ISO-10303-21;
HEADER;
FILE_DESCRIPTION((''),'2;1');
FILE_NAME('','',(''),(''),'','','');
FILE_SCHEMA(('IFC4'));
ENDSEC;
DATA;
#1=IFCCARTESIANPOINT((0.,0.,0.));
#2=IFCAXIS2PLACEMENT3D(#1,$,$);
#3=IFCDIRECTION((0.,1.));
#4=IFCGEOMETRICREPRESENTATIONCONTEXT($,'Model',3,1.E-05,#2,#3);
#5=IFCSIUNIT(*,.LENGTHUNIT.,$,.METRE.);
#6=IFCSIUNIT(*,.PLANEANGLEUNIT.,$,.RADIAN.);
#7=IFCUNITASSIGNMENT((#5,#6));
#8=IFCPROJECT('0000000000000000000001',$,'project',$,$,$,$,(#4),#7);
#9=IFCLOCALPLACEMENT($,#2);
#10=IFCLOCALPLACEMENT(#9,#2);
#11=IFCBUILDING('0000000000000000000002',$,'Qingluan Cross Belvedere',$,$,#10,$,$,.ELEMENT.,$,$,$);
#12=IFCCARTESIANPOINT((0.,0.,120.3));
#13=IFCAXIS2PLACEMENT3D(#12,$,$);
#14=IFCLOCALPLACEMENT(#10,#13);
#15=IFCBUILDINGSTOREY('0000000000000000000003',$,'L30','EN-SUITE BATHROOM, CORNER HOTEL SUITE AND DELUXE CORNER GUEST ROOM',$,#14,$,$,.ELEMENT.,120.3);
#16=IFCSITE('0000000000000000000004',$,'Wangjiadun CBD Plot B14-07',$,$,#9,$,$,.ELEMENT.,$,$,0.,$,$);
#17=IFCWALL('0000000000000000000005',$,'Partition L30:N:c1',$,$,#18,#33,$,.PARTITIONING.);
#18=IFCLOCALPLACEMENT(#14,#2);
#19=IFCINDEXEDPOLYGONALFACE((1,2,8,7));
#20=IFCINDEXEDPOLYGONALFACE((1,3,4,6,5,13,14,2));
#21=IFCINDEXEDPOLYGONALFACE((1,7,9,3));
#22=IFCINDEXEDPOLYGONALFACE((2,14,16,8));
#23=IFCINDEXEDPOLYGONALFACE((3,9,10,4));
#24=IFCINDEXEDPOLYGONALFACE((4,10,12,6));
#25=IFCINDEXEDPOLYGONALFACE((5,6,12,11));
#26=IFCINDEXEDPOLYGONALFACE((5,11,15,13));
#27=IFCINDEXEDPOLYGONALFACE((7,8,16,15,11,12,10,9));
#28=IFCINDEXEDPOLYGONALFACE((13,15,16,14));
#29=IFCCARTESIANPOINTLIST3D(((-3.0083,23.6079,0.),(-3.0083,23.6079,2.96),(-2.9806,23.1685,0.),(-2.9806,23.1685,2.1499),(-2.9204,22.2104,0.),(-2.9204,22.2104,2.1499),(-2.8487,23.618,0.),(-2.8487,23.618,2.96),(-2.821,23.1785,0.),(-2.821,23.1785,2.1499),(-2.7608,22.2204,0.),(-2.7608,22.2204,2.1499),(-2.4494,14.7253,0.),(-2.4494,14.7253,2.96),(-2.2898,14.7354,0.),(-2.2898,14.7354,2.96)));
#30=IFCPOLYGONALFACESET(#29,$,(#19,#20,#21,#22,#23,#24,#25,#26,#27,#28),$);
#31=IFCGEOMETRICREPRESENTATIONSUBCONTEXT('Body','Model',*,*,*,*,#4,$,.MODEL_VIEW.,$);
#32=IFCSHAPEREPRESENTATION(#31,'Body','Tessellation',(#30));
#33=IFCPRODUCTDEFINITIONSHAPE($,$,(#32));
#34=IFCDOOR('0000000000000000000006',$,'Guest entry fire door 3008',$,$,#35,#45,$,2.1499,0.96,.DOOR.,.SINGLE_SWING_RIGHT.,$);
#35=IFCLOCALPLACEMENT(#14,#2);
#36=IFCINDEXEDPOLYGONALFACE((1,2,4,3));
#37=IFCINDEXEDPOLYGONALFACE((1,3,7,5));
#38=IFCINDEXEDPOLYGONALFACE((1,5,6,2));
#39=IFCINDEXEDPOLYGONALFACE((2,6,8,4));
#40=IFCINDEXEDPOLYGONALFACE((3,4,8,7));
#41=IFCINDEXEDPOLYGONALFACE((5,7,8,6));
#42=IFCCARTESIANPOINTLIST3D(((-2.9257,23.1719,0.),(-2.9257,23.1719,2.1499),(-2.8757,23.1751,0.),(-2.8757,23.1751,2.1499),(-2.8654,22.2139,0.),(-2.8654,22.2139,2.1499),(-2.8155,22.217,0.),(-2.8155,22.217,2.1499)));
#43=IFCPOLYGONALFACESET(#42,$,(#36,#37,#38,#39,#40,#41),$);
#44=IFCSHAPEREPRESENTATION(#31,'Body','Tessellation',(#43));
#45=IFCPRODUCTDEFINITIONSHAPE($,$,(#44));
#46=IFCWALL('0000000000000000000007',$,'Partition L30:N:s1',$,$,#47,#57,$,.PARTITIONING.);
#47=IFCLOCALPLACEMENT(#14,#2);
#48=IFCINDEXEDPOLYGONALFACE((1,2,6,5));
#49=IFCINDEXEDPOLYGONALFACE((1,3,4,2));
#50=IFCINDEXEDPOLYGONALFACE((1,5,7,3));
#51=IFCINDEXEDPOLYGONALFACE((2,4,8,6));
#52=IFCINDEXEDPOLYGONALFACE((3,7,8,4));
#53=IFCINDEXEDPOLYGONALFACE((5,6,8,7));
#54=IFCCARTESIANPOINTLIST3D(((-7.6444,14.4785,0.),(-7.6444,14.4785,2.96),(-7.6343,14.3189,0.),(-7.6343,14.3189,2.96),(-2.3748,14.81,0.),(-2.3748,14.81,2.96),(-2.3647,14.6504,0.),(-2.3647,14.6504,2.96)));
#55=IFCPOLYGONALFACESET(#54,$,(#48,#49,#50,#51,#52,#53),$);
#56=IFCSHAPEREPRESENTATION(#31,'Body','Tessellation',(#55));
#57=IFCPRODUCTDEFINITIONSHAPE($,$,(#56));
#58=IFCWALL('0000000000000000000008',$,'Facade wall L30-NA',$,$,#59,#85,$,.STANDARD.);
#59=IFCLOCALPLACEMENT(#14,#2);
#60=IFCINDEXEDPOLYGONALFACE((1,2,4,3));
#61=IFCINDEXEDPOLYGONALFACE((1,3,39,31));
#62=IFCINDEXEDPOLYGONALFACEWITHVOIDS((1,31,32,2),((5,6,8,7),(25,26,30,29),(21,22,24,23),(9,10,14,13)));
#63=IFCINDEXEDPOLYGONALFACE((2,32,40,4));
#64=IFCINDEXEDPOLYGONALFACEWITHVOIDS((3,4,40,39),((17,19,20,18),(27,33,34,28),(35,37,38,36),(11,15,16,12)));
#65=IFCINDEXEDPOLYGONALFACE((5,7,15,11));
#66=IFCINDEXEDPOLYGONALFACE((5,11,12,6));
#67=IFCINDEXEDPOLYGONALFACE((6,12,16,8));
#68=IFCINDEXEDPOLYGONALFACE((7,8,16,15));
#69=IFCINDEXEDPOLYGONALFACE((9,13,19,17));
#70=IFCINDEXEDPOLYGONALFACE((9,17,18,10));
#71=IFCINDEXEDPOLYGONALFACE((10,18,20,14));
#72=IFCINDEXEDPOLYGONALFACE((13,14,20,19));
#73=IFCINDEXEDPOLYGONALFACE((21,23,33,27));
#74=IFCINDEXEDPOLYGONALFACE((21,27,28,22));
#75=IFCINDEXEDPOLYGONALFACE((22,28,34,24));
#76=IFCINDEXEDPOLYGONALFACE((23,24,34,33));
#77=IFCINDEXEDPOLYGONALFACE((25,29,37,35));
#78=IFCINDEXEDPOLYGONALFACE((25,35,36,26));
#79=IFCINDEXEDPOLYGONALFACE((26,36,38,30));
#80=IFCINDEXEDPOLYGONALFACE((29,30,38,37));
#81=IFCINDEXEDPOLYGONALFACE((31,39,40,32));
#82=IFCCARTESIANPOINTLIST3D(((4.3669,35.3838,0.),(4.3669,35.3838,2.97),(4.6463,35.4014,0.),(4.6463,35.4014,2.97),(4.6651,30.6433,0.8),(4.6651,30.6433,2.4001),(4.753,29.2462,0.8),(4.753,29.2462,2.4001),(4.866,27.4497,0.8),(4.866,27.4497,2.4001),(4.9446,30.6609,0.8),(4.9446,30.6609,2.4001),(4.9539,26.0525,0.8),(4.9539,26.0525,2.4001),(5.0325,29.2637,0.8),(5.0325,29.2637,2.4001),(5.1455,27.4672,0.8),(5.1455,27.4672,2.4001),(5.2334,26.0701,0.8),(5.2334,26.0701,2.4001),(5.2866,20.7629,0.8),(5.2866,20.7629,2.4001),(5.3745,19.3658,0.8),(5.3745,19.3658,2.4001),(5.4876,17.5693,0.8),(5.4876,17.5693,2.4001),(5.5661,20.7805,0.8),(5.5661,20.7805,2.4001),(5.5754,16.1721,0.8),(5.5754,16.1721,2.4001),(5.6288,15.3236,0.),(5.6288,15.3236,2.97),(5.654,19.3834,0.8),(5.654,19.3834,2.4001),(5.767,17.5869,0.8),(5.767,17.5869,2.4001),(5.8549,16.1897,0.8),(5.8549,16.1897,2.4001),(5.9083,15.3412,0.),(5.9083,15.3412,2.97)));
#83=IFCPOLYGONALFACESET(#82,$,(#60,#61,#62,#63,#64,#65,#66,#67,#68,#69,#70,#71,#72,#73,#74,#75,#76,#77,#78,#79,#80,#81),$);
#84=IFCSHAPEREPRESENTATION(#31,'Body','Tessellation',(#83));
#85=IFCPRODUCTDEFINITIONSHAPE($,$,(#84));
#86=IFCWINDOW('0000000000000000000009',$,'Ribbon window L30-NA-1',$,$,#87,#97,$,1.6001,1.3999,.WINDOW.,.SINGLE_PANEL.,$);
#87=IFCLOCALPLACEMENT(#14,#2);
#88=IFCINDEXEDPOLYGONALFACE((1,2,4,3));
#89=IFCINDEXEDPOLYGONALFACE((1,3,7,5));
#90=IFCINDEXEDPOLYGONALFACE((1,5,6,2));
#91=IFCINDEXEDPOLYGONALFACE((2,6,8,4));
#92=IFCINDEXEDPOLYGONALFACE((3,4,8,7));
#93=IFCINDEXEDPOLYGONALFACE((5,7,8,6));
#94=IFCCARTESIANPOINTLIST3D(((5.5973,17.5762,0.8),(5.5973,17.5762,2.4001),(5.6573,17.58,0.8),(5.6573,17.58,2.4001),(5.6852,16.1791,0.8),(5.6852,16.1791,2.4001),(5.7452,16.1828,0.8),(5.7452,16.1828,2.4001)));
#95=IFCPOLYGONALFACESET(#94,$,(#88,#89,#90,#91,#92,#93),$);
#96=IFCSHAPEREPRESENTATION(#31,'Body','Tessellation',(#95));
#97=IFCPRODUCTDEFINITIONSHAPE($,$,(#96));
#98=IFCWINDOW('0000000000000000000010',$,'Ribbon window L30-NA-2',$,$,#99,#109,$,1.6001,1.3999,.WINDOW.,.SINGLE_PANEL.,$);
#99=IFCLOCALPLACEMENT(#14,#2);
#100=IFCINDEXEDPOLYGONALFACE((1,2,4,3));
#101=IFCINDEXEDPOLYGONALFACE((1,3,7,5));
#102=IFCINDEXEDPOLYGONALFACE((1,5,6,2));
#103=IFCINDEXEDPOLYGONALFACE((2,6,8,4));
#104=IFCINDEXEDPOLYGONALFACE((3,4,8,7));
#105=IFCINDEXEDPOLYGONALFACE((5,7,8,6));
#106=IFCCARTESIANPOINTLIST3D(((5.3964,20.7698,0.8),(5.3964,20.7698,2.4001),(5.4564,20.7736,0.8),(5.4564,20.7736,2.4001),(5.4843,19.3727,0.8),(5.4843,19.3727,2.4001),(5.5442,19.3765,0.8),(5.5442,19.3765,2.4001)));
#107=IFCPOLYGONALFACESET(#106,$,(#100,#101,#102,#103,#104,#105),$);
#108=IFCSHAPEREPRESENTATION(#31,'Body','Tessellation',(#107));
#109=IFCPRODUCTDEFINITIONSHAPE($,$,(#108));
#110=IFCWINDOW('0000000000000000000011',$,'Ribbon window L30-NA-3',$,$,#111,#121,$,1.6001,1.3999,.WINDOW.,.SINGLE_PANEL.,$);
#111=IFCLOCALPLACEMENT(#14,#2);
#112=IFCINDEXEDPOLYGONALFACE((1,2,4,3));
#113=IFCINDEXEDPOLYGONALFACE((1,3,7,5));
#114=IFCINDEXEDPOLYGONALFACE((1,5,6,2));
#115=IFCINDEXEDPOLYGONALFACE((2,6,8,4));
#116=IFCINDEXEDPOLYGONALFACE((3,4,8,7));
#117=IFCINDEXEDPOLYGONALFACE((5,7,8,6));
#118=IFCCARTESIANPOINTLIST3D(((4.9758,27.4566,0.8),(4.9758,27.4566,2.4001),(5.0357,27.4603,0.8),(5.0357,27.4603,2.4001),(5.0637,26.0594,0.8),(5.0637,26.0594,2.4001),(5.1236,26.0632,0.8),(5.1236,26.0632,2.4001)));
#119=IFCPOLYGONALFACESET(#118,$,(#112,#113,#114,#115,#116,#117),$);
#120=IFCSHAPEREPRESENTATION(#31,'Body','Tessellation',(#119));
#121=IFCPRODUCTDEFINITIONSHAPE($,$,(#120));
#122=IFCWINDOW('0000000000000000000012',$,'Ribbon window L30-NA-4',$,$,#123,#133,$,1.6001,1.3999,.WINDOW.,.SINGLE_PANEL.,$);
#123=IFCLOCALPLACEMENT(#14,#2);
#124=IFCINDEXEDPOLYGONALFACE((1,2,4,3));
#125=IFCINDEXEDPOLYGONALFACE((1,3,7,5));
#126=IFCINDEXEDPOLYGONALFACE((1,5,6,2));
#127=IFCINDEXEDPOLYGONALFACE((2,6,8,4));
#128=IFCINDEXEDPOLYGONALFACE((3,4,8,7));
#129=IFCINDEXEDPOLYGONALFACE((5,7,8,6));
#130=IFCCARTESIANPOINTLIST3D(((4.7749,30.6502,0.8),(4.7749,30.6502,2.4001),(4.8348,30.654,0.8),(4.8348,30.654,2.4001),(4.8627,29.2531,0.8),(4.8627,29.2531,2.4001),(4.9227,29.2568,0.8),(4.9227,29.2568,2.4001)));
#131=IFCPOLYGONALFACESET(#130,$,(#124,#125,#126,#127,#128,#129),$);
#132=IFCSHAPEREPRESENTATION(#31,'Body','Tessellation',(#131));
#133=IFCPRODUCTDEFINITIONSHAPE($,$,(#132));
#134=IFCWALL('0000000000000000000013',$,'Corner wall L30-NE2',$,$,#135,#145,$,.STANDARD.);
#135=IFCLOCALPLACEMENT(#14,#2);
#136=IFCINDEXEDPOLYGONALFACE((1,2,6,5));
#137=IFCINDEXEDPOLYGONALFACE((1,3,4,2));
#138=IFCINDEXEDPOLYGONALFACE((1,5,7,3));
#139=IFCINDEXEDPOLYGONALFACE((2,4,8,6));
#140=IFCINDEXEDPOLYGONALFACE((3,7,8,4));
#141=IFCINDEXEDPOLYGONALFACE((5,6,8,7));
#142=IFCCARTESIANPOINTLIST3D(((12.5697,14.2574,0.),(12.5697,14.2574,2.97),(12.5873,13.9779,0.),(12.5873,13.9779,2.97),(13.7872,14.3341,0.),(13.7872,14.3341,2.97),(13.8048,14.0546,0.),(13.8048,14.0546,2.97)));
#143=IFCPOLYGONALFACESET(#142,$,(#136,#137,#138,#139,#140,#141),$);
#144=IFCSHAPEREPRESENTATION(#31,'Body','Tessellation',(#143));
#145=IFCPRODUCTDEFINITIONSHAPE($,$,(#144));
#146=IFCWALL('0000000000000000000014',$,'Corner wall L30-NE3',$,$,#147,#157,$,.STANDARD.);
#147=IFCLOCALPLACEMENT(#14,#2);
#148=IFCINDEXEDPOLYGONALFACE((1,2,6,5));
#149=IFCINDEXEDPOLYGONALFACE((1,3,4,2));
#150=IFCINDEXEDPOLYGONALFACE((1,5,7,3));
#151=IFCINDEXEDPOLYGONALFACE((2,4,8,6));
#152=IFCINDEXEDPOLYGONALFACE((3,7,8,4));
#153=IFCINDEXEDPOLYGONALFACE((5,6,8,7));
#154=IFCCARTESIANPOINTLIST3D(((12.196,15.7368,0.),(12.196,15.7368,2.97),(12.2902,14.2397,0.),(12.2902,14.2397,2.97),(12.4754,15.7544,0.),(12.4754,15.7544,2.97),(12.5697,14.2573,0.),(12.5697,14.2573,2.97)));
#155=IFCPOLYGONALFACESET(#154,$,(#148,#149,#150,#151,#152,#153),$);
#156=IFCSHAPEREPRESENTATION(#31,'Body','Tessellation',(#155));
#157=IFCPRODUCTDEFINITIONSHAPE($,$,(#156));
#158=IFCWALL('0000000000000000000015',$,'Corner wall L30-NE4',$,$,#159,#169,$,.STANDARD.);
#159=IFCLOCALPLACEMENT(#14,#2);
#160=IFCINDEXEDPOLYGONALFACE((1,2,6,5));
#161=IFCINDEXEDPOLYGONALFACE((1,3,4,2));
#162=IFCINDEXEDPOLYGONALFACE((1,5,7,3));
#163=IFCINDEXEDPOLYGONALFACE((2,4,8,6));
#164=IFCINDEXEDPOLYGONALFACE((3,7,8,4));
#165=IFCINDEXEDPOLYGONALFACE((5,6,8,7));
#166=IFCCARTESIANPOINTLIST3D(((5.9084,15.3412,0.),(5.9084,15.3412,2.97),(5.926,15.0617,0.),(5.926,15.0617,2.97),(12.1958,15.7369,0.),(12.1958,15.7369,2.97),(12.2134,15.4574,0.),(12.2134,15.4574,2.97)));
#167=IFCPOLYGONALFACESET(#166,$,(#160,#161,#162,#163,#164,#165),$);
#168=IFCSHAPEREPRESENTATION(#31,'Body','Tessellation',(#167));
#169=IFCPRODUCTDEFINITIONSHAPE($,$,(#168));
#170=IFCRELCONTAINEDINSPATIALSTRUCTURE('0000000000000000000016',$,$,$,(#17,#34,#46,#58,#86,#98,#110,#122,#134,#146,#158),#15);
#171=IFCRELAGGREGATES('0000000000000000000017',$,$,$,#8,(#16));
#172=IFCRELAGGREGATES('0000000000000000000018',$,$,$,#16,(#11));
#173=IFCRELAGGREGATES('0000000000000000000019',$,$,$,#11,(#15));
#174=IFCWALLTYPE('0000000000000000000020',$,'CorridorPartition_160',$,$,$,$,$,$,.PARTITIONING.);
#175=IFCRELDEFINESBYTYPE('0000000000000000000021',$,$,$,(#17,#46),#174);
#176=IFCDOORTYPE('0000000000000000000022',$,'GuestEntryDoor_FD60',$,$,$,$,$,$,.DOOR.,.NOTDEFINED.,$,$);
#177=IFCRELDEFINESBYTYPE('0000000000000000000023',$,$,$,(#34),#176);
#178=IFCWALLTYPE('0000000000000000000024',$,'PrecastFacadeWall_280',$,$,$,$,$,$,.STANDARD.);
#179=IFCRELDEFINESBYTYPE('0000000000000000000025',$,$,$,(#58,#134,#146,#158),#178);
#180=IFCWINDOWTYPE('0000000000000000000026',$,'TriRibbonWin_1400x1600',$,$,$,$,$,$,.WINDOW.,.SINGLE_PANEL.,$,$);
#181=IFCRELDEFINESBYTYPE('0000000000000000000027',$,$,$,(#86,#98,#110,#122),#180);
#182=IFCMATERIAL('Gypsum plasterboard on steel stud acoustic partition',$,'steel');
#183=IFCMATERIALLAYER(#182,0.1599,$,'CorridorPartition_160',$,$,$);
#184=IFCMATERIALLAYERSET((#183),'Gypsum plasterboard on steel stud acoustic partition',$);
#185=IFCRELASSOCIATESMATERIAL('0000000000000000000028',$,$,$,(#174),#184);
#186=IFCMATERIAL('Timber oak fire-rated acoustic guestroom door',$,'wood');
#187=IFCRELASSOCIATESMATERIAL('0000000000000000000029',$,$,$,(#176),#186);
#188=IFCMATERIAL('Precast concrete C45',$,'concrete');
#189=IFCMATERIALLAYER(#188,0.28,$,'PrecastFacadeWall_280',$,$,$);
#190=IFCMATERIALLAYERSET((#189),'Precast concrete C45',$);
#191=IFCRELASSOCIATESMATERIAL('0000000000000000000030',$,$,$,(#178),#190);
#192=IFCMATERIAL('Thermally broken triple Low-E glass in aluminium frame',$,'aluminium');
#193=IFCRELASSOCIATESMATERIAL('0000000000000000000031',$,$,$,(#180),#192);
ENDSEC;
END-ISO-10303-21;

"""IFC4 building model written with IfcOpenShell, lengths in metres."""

from ifc_helpers import new_model, si_unit, direction, frame, frame_2d, origin, place, context, subcontext, project, spatial, rectangle, extrude, material, layer, layer_set, type_object, element, fill, save


model = new_model("IFC4")

# Units and contexts
model_context = context("Model", 3, precision=1e-05, world=origin(), true_north=direction((0.0, 1.0)))
body_context = subcontext(model_context, "Body", "Model", "MODEL_VIEW")
ifc_project = project(units=[si_unit("LENGTHUNIT", "METRE"), si_unit("PLANEANGLEUNIT", "RADIAN")], contexts=[model_context])

# Site, building, storey
site_placement = place(None, origin())
site = spatial("IfcSite", under=ifc_project, at=site_placement, Name="Wangjiadun CBD Plot B14-07", CompositionType="ELEMENT", RefElevation=0.0)
building_placement = place(site_placement, origin())
building = spatial("IfcBuilding", under=site, at=building_placement, Name="Qingluan Cross Belvedere", CompositionType="ELEMENT")
storey_placement = place(building_placement, frame((0.0, 0.0, 120.3)))
storey = spatial("IfcBuildingStorey", under=building, at=storey_placement, Name="L30", Description="EN-SUITE BATHROOM, CORNER HOTEL SUITE AND DELUXE CORNER GUEST ROOM", CompositionType="ELEMENT", Elevation=120.3)

# Shared definitions
ifc_material_1 = material(Name="Gypsum plasterboard on steel stud acoustic partition", Category="steel")
ifc_layer_1 = layer(ifc_material_1, 0.1599, Name="CorridorPartition_160")
ifc_layer_set_1 = layer_set([ifc_layer_1], Name="Gypsum plasterboard on steel stud acoustic partition")
wall_type_1 = type_object("IfcWallType", Name="CorridorPartition_160", PredefinedType="PARTITIONING", material=ifc_layer_set_1)

# Shared definitions
ifc_material_2 = material(Name="Timber oak fire-rated acoustic guestroom door", Category="wood")
door_type = type_object("IfcDoorType", Name="GuestEntryDoor_FD60", OperationType="NOTDEFINED", PredefinedType="DOOR", material=ifc_material_2)

# Wall, opening, door
wall_1_placement = place(storey_placement, frame((-2.3696, 14.7302, 0.0), z_axis=(0.0, 0.0, 1.0), x_axis=(-0.06279, 0.998027, 0.0)))
wall_1 = element("IfcWall", 1, at=wall_1_placement, inside=storey, type_object=wall_type_1, Name="Partition L30:N:c1", PredefinedType="PARTITIONING", context=body_context, shape_type="SweptSolid", body=[
    extrude(rectangle(XDim=8.9001, YDim=0.1599, at=frame_2d((4.4502, 0.0))), origin(), (0.0, 0.0, 1.0), 2.96),
])
opening_1_placement = place(wall_1_placement, frame((7.5, 0.0, 0.0)))
opening_1 = element("IfcOpeningElement", 2, at=opening_1_placement, cuts=wall_1, PredefinedType="OPENING", context=body_context, shape_type="SweptSolid", body=[
    extrude(rectangle(XDim=0.96, YDim=2.1499, at=frame_2d((0.48, 1.075))), frame((0.0, 0.0898, 0.0), z_axis=(0.0, -1.0, 0.0), x_axis=(1.0, 0.0, 0.0)), (0.0, 0.0, 1.0), 0.1799),
])
door_1_placement = place(opening_1_placement, origin())
door_1 = element("IfcDoor", 3, at=door_1_placement, inside=storey, type_object=door_type, Name="Guest entry fire door 3008", OperationType="SINGLE_SWING_RIGHT", OverallHeight=2.1499, OverallWidth=0.96, PredefinedType="DOOR", context=body_context, shape_type="SweptSolid", body=[
    extrude(rectangle(XDim=0.96, YDim=2.1499, at=frame_2d((0.48, 1.075))), frame((0.0, 0.0249, 0.0), z_axis=(0.0, -1.0, 0.0), x_axis=(1.0, 0.0, 0.0)), (0.0, 0.0, 1.0), 0.05),
])
fill(opening_1, door_1)

# Wall
wall_2_placement = place(storey_placement, frame((-2.3696, 14.7302, 0.0), z_axis=(0.0, 0.0, 1.0), x_axis=(-0.998027, -0.062793, 0.0)))
element("IfcWall", 4, at=wall_2_placement, inside=storey, type_object=wall_type_1, Name="Partition L30:N:s1", PredefinedType="PARTITIONING", context=body_context, shape_type="SweptSolid", body=[
    extrude(rectangle(XDim=5.28, YDim=0.1599, at=frame_2d((2.6401, 0.0))), origin(), (0.0, 0.0, 1.0), 2.96),
])

# Wall, openings, windows
ifc_material_3 = material(Name="Precast concrete C45", Category="concrete")
ifc_layer_2 = layer(ifc_material_3, 0.28, Name="PrecastFacadeWall_280")
ifc_layer_set_2 = layer_set([ifc_layer_2], Name="Precast concrete C45")
wall_type_2 = type_object("IfcWallType", Name="PrecastFacadeWall_280", PredefinedType="STANDARD", material=ifc_layer_set_2)
wall_3_placement = place(storey_placement, frame((5.7686, 15.3325, 0.0), z_axis=(0.0, 0.0, 1.0), x_axis=(-0.062784, 0.998027, 0.0)))
wall_3 = element("IfcWall", 5, at=wall_3_placement, inside=storey, type_object=wall_type_2, Name="Facade wall L30-NA", PredefinedType="STANDARD", context=body_context, shape_type="SweptSolid", body=[
    extrude(rectangle(XDim=20.0999, YDim=0.28, at=frame_2d((10.0498, 0.0))), origin(), (0.0, 0.0, 1.0), 2.97),
])
opening_2_placement = place(wall_3_placement, frame((0.8501, 0.0, 0.8)))
opening_2 = element("IfcOpeningElement", 6, at=opening_2_placement, cuts=wall_3, PredefinedType="OPENING", context=body_context, shape_type="SweptSolid", body=[
    extrude(rectangle(XDim=1.3999, YDim=1.6001, at=frame_2d((0.7, 0.8))), frame((0.0, 0.1499, 0.0), z_axis=(0.0, -1.0, 0.0), x_axis=(1.0, 0.0, 0.0)), (0.0, 0.0, 1.0), 0.3),
])
opening_3_placement = place(wall_3_placement, frame((4.05, 0.0, 0.8)))
opening_3 = element("IfcOpeningElement", 7, at=opening_3_placement, cuts=wall_3, PredefinedType="OPENING", context=body_context, shape_type="SweptSolid", body=[
    extrude(rectangle(XDim=1.3999, YDim=1.6001, at=frame_2d((0.7, 0.8))), frame((0.0, 0.1499, 0.0), z_axis=(0.0, -1.0, 0.0), x_axis=(1.0, 0.0, 0.0)), (0.0, 0.0, 1.0), 0.3),
])
opening_4_placement = place(wall_3_placement, frame((10.75, 0.0, 0.8)))
opening_4 = element("IfcOpeningElement", 8, at=opening_4_placement, cuts=wall_3, PredefinedType="OPENING", context=body_context, shape_type="SweptSolid", body=[
    extrude(rectangle(XDim=1.3999, YDim=1.6001, at=frame_2d((0.7, 0.8))), frame((0.0, 0.1499, 0.0), z_axis=(0.0, -1.0, 0.0), x_axis=(1.0, 0.0, 0.0)), (0.0, 0.0, 1.0), 0.3),
])
opening_5_placement = place(wall_3_placement, frame((13.95, 0.0, 0.8)))
opening_5 = element("IfcOpeningElement", 9, at=opening_5_placement, cuts=wall_3, PredefinedType="OPENING", context=body_context, shape_type="SweptSolid", body=[
    extrude(rectangle(XDim=1.3999, YDim=1.6001, at=frame_2d((0.7, 0.8))), frame((0.0, 0.1499, 0.0), z_axis=(0.0, -1.0, 0.0), x_axis=(1.0, 0.0, 0.0)), (0.0, 0.0, 1.0), 0.3),
])
ifc_material_4 = material(Name="Thermally broken triple Low-E glass in aluminium frame", Category="aluminium")
window_type = type_object("IfcWindowType", Name="TriRibbonWin_1400x1600", PartitioningType="SINGLE_PANEL", PredefinedType="WINDOW", material=ifc_material_4)
window_1_placement = place(opening_2_placement, origin())
window_1 = element("IfcWindow", 10, at=window_1_placement, inside=storey, type_object=window_type, Name="Ribbon window L30-NA-1", OverallHeight=1.6001, OverallWidth=1.3999, PartitioningType="SINGLE_PANEL", PredefinedType="WINDOW", context=body_context, shape_type="SweptSolid", body=[
    extrude(rectangle(XDim=1.3999, YDim=1.6001, at=frame_2d((0.7, 0.8))), frame((0.0, 0.03, 0.0), z_axis=(0.0, -1.0, 0.0), x_axis=(1.0, 0.0, 0.0)), (0.0, 0.0, 1.0), 0.0601),
])
fill(opening_2, window_1)
window_2_placement = place(opening_3_placement, origin())
window_2 = element("IfcWindow", 11, at=window_2_placement, inside=storey, type_object=window_type, Name="Ribbon window L30-NA-2", OverallHeight=1.6001, OverallWidth=1.3999, PartitioningType="SINGLE_PANEL", PredefinedType="WINDOW", context=body_context, shape_type="SweptSolid", body=[
    extrude(rectangle(XDim=1.3999, YDim=1.6001, at=frame_2d((0.7, 0.8))), frame((0.0, 0.03, 0.0), z_axis=(0.0, -1.0, 0.0), x_axis=(1.0, 0.0, 0.0)), (0.0, 0.0, 1.0), 0.0601),
])
fill(opening_3, window_2)
window_3_placement = place(opening_4_placement, origin())
window_3 = element("IfcWindow", 12, at=window_3_placement, inside=storey, type_object=window_type, Name="Ribbon window L30-NA-3", OverallHeight=1.6001, OverallWidth=1.3999, PartitioningType="SINGLE_PANEL", PredefinedType="WINDOW", context=body_context, shape_type="SweptSolid", body=[
    extrude(rectangle(XDim=1.3999, YDim=1.6001, at=frame_2d((0.7, 0.8))), frame((0.0, 0.03, 0.0), z_axis=(0.0, -1.0, 0.0), x_axis=(1.0, 0.0, 0.0)), (0.0, 0.0, 1.0), 0.0601),
])
fill(opening_4, window_3)
window_4_placement = place(opening_5_placement, origin())
window_4 = element("IfcWindow", 13, at=window_4_placement, inside=storey, type_object=window_type, Name="Ribbon window L30-NA-4", OverallHeight=1.6001, OverallWidth=1.3999, PartitioningType="SINGLE_PANEL", PredefinedType="WINDOW", context=body_context, shape_type="SweptSolid", body=[
    extrude(rectangle(XDim=1.3999, YDim=1.6001, at=frame_2d((0.7, 0.8))), frame((0.0, 0.03, 0.0), z_axis=(0.0, -1.0, 0.0), x_axis=(1.0, 0.0, 0.0)), (0.0, 0.0, 1.0), 0.0601),
])
fill(opening_5, window_4)

# Walls
wall_4_placement = place(storey_placement, frame((13.7959, 14.1943, 0.0), z_axis=(0.0, 0.0, 1.0), x_axis=(-0.998024, -0.062839, 0.0)))
element("IfcWall", 14, at=wall_4_placement, inside=storey, type_object=wall_type_2, Name="Corner wall L30-NE2", PredefinedType="STANDARD", context=body_context, shape_type="SweptSolid", body=[
    extrude(rectangle(XDim=1.22, YDim=0.28, at=frame_2d((0.6099, 0.0))), origin(), (0.0, 0.0, 1.0), 2.97),
])
wall_5_placement = place(storey_placement, frame((12.4299, 14.2485, 0.0), z_axis=(0.0, 0.0, 1.0), x_axis=(-0.062824, 0.998025, 0.0)))
element("IfcWall", 15, at=wall_5_placement, inside=storey, type_object=wall_type_2, Name="Corner wall L30-NE3", PredefinedType="STANDARD", context=body_context, shape_type="SweptSolid", body=[
    extrude(rectangle(XDim=1.5, YDim=0.28, at=frame_2d((0.75, 0.0))), origin(), (0.0, 0.0, 1.0), 2.97),
])
wall_6_placement = place(storey_placement, frame((12.2046, 15.5972, 0.0), z_axis=(0.0, 0.0, 1.0), x_axis=(-0.998025, -0.06282, 0.0)))
element("IfcWall", 16, at=wall_6_placement, inside=storey, type_object=wall_type_2, Name="Corner wall L30-NE4", PredefinedType="STANDARD", context=body_context, shape_type="SweptSolid", body=[
    extrude(rectangle(XDim=6.2998, YDim=0.28, at=frame_2d((3.1499, 0.0))), origin(), (0.0, 0.0, 1.0), 2.97),
])

save(model, "model.ifc")
